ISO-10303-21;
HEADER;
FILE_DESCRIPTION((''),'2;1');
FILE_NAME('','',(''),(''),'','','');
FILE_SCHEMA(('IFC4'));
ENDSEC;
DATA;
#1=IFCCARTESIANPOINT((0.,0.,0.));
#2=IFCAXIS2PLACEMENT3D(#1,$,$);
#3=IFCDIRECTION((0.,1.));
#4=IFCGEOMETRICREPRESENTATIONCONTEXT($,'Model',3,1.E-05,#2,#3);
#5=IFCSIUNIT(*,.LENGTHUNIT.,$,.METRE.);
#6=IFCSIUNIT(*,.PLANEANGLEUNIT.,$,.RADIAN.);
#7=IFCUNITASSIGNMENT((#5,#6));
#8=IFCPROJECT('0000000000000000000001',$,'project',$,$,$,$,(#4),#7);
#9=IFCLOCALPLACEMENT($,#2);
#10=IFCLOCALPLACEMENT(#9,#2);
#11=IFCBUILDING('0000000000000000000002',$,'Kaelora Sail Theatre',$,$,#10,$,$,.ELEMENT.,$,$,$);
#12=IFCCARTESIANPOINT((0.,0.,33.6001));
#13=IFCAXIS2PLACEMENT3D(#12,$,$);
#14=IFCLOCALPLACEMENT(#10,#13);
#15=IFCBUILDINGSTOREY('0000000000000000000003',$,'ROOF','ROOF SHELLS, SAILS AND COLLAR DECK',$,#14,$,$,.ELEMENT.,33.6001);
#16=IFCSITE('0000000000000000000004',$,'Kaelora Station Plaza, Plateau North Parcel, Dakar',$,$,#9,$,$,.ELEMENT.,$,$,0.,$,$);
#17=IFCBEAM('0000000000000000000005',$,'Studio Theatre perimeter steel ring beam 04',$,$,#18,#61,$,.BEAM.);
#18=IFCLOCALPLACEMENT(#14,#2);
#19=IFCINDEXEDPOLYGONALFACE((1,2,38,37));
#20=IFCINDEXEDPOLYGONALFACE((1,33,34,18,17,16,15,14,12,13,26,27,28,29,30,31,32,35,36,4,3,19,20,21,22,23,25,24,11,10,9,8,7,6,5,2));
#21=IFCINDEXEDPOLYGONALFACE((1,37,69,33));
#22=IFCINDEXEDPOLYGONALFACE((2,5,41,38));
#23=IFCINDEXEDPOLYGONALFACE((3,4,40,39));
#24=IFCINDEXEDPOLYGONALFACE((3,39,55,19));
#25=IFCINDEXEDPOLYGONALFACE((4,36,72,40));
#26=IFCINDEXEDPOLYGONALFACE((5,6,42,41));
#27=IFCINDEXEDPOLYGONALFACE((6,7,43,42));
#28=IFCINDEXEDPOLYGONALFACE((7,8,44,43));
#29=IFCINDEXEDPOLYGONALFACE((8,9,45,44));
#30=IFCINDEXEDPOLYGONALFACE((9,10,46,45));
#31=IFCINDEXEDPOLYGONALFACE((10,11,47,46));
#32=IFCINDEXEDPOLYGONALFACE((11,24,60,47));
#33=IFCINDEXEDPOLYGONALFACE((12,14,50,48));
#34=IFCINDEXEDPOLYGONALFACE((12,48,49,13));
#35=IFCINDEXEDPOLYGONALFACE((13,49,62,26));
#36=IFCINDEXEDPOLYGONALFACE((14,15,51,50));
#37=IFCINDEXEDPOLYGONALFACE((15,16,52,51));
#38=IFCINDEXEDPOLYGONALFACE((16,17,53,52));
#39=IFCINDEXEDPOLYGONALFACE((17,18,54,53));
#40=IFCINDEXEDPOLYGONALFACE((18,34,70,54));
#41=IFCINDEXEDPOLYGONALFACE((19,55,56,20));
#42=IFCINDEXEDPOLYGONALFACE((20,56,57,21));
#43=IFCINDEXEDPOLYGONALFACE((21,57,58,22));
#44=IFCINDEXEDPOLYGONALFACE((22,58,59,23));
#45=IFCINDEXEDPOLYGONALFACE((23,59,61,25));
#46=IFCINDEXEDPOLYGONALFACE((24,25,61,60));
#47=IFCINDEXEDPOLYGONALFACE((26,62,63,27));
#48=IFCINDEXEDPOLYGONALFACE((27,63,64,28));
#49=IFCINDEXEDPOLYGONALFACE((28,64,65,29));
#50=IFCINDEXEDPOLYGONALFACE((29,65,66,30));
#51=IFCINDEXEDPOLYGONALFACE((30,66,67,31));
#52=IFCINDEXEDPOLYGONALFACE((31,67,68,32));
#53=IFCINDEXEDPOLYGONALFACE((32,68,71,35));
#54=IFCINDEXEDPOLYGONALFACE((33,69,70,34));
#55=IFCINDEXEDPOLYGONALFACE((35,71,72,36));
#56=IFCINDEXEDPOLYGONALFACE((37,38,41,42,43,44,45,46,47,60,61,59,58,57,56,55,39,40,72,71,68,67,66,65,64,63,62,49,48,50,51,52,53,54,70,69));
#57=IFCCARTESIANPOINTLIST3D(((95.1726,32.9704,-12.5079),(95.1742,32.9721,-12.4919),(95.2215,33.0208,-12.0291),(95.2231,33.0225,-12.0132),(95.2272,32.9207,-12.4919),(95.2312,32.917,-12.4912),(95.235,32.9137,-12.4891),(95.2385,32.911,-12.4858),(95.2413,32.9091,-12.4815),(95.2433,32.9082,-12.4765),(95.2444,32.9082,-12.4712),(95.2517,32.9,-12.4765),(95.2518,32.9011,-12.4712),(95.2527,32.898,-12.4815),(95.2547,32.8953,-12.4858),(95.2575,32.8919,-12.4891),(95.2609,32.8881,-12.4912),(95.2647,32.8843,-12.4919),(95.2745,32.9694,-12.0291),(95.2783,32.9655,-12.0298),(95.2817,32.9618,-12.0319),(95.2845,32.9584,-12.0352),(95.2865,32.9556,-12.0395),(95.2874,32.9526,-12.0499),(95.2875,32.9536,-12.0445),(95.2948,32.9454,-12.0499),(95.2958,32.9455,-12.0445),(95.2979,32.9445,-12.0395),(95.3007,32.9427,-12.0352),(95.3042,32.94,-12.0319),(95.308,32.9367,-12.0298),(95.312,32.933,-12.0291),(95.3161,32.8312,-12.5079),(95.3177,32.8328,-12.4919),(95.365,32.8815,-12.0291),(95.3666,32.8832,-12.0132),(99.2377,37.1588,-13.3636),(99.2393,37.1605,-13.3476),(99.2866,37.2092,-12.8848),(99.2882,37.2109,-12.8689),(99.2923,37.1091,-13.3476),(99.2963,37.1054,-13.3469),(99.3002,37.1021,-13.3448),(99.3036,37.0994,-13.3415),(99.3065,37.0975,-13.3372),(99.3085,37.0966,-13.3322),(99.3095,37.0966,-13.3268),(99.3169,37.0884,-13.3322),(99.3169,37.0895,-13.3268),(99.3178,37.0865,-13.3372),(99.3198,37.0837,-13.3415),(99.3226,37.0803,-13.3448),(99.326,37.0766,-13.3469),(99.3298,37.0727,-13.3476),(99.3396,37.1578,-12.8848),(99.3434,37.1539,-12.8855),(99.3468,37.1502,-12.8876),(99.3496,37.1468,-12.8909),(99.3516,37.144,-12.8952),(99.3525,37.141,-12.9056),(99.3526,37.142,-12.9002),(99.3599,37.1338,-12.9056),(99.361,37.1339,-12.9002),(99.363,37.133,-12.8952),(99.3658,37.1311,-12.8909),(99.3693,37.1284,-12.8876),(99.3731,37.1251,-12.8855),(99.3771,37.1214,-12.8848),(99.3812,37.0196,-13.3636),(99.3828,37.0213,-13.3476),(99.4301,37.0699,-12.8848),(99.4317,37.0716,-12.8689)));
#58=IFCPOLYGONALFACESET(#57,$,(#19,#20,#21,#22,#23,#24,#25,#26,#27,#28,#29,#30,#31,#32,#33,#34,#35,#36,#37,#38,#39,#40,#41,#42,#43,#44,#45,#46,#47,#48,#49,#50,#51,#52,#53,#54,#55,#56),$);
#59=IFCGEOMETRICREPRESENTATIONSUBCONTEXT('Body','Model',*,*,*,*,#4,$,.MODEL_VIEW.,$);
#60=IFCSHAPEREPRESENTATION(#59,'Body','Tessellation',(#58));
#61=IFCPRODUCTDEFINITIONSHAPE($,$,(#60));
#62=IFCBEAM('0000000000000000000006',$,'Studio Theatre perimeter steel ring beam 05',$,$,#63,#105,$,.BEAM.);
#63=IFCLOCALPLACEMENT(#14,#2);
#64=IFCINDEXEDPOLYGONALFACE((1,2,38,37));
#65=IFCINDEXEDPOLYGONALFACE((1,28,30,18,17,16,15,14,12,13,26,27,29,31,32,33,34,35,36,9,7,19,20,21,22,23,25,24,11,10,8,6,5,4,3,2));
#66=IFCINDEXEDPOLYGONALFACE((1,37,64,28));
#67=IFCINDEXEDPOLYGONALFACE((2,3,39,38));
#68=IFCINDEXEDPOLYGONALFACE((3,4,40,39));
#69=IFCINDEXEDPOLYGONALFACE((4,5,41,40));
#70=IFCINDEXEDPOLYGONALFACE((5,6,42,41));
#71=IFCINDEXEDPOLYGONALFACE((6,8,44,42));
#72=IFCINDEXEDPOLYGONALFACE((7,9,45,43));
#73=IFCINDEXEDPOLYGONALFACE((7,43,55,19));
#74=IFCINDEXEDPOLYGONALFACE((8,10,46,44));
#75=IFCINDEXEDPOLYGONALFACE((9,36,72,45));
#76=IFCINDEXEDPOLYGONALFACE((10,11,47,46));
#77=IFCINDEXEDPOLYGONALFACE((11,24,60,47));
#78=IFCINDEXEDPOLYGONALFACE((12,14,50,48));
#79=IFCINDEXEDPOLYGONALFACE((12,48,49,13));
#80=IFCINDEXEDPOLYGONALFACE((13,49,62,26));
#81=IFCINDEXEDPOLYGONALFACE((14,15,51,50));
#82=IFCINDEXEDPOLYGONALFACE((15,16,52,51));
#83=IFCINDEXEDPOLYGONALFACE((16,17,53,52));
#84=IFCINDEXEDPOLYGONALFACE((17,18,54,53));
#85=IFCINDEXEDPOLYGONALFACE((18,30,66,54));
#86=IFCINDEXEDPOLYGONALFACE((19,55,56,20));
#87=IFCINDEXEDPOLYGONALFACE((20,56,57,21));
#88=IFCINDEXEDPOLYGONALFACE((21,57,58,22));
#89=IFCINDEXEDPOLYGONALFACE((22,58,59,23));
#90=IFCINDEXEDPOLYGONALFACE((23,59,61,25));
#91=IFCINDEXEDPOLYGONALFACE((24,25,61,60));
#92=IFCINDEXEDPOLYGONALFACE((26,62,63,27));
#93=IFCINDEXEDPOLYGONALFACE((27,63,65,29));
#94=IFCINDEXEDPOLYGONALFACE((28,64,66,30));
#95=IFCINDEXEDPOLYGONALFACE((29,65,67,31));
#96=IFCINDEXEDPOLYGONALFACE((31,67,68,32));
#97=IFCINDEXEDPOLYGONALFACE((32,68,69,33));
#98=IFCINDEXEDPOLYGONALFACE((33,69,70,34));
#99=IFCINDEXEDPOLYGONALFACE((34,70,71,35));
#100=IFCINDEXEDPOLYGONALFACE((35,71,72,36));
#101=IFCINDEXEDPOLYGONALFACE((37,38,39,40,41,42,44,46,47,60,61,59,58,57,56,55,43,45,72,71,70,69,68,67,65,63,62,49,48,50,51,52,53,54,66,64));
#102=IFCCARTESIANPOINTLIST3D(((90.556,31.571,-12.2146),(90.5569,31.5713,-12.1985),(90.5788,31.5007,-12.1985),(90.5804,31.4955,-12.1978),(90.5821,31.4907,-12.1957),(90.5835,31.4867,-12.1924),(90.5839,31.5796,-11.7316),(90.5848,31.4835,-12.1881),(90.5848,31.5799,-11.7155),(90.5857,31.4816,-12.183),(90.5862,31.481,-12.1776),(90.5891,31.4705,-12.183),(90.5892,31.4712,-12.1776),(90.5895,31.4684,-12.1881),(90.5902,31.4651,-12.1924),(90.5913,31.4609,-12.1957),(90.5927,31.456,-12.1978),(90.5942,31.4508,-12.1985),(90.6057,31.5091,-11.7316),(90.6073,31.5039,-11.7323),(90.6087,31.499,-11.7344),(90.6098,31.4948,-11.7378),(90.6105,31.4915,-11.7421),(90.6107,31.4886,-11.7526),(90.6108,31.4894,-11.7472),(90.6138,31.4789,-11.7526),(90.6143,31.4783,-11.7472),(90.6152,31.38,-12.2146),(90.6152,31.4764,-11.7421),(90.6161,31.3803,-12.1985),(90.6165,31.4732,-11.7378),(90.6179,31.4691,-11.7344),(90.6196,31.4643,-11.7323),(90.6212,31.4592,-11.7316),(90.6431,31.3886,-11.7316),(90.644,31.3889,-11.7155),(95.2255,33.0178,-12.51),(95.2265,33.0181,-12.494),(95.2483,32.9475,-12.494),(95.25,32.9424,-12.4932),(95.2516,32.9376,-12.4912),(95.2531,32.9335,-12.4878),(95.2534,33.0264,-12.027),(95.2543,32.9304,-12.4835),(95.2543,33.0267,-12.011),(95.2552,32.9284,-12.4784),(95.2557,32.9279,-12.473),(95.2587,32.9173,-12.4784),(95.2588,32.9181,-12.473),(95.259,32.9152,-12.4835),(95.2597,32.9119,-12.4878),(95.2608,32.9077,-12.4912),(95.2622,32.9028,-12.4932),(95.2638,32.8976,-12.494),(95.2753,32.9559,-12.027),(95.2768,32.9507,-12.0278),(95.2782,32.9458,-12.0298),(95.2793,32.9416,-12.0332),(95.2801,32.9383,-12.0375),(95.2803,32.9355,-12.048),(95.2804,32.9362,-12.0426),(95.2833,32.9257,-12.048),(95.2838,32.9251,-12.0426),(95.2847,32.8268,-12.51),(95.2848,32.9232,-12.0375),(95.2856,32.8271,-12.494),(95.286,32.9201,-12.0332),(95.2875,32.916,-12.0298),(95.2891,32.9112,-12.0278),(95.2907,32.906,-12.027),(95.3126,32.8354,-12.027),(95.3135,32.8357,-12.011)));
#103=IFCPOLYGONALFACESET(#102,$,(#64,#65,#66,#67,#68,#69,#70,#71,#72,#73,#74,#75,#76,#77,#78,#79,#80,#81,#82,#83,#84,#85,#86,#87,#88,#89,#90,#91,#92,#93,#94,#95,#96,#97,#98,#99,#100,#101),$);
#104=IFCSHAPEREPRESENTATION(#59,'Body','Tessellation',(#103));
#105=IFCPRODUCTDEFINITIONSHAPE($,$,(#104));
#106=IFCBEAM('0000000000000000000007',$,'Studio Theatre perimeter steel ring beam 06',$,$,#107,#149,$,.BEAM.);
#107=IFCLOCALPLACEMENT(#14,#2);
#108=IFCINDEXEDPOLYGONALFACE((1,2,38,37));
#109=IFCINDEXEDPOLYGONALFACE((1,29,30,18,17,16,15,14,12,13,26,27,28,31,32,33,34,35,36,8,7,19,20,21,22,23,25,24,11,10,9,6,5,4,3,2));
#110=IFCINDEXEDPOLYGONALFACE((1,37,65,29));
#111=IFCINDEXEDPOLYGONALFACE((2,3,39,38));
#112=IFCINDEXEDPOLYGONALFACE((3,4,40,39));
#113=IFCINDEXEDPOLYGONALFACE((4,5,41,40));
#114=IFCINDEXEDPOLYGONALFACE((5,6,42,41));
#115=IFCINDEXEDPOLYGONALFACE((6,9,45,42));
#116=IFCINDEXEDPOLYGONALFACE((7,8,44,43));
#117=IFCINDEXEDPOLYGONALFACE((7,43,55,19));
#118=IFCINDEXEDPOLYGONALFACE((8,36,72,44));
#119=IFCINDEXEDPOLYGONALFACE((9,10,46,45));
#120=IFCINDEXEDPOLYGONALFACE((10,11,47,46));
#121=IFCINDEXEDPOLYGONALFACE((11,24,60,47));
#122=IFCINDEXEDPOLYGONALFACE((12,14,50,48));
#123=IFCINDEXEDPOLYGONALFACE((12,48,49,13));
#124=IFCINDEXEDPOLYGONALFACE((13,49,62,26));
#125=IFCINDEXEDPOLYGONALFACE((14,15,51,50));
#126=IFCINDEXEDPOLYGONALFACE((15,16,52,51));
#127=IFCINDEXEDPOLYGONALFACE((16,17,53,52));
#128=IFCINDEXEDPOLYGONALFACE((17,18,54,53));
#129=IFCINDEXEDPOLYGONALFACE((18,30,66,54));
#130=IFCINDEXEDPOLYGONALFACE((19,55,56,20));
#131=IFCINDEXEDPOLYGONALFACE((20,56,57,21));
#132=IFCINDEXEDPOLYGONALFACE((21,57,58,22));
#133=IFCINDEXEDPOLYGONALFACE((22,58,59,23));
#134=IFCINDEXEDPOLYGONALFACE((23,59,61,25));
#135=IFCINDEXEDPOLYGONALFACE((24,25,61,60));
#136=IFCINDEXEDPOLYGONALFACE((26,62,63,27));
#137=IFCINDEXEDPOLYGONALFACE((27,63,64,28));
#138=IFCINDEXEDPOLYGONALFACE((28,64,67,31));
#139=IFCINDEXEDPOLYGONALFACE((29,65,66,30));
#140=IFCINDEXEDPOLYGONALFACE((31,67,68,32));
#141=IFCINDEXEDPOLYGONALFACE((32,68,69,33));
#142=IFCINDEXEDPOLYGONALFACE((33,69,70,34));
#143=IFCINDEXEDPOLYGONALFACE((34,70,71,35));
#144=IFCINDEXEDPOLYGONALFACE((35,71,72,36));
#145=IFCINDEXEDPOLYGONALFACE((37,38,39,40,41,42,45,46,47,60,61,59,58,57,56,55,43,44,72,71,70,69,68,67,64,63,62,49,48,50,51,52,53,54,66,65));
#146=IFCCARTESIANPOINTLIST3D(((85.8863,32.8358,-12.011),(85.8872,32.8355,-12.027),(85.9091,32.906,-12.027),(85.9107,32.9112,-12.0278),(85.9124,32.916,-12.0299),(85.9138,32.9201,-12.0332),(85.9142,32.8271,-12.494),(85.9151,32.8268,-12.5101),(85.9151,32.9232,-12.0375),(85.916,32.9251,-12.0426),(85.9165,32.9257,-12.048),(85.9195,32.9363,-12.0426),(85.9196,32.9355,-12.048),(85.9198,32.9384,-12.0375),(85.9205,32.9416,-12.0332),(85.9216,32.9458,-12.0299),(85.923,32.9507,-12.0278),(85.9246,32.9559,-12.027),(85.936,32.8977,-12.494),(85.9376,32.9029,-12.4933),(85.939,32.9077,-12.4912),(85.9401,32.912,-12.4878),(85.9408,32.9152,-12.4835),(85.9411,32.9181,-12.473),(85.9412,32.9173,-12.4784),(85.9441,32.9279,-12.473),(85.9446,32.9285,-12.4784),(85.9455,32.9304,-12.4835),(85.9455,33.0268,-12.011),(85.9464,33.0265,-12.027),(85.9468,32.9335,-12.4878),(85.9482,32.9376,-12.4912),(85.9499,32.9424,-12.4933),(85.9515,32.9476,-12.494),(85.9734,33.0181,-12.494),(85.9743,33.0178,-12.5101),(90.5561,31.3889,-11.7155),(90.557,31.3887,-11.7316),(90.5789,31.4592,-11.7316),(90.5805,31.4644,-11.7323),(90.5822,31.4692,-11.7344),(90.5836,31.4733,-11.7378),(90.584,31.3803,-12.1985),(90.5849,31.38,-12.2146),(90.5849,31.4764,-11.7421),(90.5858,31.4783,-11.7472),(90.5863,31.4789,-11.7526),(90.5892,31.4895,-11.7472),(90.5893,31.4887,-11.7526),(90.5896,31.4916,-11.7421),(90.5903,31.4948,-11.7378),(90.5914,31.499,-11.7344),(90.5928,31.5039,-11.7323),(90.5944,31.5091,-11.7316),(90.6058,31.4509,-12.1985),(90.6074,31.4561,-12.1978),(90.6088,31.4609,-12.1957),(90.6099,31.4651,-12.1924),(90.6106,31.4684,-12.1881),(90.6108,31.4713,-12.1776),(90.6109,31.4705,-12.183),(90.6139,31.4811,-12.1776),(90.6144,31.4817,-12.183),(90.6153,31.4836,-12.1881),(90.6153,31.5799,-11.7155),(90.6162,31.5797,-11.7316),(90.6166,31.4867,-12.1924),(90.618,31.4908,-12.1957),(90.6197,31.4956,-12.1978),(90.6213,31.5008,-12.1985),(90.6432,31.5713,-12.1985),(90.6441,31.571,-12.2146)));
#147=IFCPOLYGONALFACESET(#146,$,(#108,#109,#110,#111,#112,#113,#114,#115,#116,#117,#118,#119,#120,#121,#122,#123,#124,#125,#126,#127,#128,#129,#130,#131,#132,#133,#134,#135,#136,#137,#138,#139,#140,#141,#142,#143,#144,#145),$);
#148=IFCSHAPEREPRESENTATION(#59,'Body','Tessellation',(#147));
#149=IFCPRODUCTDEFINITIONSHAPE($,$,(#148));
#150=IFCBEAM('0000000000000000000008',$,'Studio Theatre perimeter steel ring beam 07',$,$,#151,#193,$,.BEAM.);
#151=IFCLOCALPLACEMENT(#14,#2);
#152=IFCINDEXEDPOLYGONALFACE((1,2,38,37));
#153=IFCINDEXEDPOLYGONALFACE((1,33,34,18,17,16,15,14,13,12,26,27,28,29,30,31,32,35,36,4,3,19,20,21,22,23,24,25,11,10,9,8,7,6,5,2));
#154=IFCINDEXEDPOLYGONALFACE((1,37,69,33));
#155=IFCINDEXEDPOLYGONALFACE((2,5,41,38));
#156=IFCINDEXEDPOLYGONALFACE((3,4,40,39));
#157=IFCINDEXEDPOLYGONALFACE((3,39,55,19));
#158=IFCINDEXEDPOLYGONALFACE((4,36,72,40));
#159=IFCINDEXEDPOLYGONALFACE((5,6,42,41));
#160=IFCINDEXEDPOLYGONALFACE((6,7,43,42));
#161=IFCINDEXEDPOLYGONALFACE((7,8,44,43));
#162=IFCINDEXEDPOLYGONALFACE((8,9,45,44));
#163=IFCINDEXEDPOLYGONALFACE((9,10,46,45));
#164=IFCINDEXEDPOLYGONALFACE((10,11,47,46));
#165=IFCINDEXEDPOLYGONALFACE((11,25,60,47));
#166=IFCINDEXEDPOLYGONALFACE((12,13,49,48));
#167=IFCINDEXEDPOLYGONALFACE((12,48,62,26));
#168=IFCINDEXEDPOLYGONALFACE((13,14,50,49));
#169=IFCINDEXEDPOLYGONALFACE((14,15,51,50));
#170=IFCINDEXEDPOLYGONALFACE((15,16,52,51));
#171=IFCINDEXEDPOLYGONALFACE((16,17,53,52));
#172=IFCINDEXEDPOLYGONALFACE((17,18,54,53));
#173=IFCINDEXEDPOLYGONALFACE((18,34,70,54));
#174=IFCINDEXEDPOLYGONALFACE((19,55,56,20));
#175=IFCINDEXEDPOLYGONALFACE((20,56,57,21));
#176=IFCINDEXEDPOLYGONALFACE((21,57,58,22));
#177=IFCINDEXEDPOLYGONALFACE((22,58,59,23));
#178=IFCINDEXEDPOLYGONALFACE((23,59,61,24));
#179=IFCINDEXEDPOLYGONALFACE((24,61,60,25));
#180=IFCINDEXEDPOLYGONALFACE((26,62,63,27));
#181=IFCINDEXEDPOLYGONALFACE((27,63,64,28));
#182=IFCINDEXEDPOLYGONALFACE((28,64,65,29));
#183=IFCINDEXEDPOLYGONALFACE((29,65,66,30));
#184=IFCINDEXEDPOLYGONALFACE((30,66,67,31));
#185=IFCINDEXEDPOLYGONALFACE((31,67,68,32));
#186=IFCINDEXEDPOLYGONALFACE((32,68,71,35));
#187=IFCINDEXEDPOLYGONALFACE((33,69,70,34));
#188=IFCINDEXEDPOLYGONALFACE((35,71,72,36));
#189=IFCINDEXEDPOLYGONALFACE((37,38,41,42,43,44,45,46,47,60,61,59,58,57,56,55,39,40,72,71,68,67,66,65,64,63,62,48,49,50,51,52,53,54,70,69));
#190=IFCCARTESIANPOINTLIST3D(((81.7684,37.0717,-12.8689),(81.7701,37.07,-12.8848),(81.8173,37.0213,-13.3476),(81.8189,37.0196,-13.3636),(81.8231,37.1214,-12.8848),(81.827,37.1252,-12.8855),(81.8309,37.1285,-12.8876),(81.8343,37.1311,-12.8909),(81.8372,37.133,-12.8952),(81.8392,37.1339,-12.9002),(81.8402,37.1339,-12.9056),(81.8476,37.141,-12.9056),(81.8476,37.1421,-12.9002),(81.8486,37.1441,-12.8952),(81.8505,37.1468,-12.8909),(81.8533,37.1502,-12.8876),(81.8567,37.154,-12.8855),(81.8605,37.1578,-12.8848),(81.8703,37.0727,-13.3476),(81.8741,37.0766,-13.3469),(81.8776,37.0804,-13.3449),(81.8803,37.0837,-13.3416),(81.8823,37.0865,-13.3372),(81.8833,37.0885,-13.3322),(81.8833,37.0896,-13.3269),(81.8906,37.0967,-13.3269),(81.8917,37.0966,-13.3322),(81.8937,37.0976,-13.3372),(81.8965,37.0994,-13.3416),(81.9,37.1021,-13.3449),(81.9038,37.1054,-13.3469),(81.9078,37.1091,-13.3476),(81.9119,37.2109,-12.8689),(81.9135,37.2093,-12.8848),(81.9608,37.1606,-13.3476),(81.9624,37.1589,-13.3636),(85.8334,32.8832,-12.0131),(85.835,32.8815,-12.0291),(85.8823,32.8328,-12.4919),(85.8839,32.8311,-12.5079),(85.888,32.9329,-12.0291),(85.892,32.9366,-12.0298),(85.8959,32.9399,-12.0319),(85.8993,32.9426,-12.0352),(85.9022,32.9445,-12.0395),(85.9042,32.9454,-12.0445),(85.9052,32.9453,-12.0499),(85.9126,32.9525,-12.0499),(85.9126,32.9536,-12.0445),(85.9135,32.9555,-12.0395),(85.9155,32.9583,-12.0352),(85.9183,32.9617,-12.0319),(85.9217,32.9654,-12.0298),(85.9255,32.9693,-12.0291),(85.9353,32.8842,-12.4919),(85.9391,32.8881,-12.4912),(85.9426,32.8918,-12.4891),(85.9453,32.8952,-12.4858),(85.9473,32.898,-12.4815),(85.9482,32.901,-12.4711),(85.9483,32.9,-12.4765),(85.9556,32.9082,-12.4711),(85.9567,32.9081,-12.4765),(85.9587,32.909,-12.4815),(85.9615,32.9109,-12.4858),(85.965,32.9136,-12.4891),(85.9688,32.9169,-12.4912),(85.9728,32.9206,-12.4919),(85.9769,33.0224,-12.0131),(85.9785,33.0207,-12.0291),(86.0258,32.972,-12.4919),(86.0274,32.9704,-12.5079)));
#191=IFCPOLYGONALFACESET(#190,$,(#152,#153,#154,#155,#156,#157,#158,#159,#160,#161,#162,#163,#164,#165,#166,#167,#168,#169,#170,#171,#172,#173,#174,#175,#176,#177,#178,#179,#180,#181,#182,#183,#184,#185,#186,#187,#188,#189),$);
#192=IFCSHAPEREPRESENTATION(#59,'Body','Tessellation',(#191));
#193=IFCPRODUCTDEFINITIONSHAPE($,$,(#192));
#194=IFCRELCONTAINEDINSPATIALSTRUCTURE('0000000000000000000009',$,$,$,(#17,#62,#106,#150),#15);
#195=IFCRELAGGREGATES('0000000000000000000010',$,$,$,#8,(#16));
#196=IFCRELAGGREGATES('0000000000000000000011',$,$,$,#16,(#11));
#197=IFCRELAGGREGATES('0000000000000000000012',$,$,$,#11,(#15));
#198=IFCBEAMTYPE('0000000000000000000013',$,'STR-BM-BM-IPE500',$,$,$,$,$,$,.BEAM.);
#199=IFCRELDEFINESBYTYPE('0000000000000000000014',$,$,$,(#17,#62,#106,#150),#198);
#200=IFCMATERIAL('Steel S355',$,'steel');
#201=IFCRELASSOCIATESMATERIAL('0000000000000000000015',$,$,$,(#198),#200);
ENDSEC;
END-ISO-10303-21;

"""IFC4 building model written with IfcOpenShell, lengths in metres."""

from ifc_helpers import new_model, si_unit, direction, frame, origin, origin_2d, place, context, subcontext, project, spatial, i_section, extrude, material, material_profile, profile_set, type_object, element, save


model = new_model("IFC4")

# Units and contexts
model_context = context("Model", 3, precision=1e-05, world=origin(), true_north=direction((0.0, 1.0)))
body_context = subcontext(model_context, "Body", "Model", "MODEL_VIEW")
ifc_project = project(units=[si_unit("LENGTHUNIT", "METRE"), si_unit("PLANEANGLEUNIT", "RADIAN")], contexts=[model_context])

# Site, building, storey
site_placement = place(None, origin())
site = spatial("IfcSite", under=ifc_project, at=site_placement, Name="Kaelora Station Plaza, Plateau North Parcel, Dakar", CompositionType="ELEMENT", RefElevation=0.0)
building_placement = place(site_placement, origin())
building = spatial("IfcBuilding", under=site, at=building_placement, Name="Kaelora Sail Theatre", CompositionType="ELEMENT")
storey_placement = place(building_placement, frame((0.0, 0.0, 33.6001)))
storey = spatial("IfcBuildingStorey", under=building, at=storey_placement, Name="ROOF", Description="ROOF SHELLS, SAILS AND COLLAR DECK", CompositionType="ELEMENT", Elevation=33.6001)

# Beams
ifc_material_1 = material(Name="Steel S355", Category="steel")
ifc_material_profile_1 = material_profile(ifc_material_1, i_section(OverallWidth=0.2, OverallDepth=0.5, WebThickness=0.0103, FlangeThickness=0.0161, FilletRadius=0.021, at=origin_2d()), Name="IPE 500")
ifc_profile_set_1 = profile_set([ifc_material_profile_1], Name="Steel S355")
beam_type = type_object("IfcBeamType", Name="STR-BM-BM-IPE500", PredefinedType="BEAM", material=ifc_profile_set_1)
beam_1_placement = place(storey_placement, frame((99.3347, 37.1152, -13.1162), z_axis=(-0.6891, -0.71, 0.145054), x_axis=(0.717589, -0.696467, 0.0)))
element("IfcBeam", 1, at=beam_1_placement, inside=storey, type_object=beam_type, Name="Studio Theatre perimeter steel ring beam 04", PredefinedType="BEAM", context=body_context, shape_type="SweptSolid", body=[
    extrude(i_section(OverallWidth=0.2, OverallDepth=0.5, WebThickness=0.0103, FlangeThickness=0.0161, FilletRadius=0.021, at=origin_2d()), origin(), (0.0, 0.0, 1.0), 5.8992),
])
beam_2_placement = place(storey_placement, frame((95.2695, 32.9268, -12.2605), z_axis=(-0.953461, -0.29542, 0.06032), x_axis=(0.295959, -0.955201, 0.0)))
element("IfcBeam", 2, at=beam_2_placement, inside=storey, type_object=beam_type, Name="Studio Theatre perimeter steel ring beam 05", PredefinedType="BEAM", context=body_context, shape_type="SweptSolid", body=[
    extrude(i_section(OverallWidth=0.2, OverallDepth=0.5, WebThickness=0.0103, FlangeThickness=0.0161, FilletRadius=0.021, at=origin_2d()), origin(), (0.0, 0.0, 1.0), 4.8975),
])
beam_3_placement = place(storey_placement, frame((90.6001, 31.48, -11.9651), z_axis=(-0.953466, 0.295406, -0.060318), x_axis=(-0.295945, -0.955205, 0.0)))
element("IfcBeam", 3, at=beam_3_placement, inside=storey, type_object=beam_type, Name="Studio Theatre perimeter steel ring beam 06", PredefinedType="BEAM", context=body_context, shape_type="SweptSolid", body=[
    extrude(i_section(OverallWidth=0.2, OverallDepth=0.5, WebThickness=0.0103, FlangeThickness=0.0161, FilletRadius=0.021, at=origin_2d()), origin(), (0.0, 0.0, 1.0), 4.8977),
])
beam_4_placement = place(storey_placement, frame((85.9304, 32.9268, -12.2605), z_axis=(-0.689079, 0.71002, -0.145058), x_axis=(-0.71761, -0.696445, 0.0)))
element("IfcBeam", 4, at=beam_4_placement, inside=storey, type_object=beam_type, Name="Studio Theatre perimeter steel ring beam 07", PredefinedType="BEAM", context=body_context, shape_type="SweptSolid", body=[
    extrude(i_section(OverallWidth=0.2, OverallDepth=0.5, WebThickness=0.0103, FlangeThickness=0.0161, FilletRadius=0.021, at=origin_2d()), origin(), (0.0, 0.0, 1.0), 5.8992),
])

save(model, "model.ifc")
